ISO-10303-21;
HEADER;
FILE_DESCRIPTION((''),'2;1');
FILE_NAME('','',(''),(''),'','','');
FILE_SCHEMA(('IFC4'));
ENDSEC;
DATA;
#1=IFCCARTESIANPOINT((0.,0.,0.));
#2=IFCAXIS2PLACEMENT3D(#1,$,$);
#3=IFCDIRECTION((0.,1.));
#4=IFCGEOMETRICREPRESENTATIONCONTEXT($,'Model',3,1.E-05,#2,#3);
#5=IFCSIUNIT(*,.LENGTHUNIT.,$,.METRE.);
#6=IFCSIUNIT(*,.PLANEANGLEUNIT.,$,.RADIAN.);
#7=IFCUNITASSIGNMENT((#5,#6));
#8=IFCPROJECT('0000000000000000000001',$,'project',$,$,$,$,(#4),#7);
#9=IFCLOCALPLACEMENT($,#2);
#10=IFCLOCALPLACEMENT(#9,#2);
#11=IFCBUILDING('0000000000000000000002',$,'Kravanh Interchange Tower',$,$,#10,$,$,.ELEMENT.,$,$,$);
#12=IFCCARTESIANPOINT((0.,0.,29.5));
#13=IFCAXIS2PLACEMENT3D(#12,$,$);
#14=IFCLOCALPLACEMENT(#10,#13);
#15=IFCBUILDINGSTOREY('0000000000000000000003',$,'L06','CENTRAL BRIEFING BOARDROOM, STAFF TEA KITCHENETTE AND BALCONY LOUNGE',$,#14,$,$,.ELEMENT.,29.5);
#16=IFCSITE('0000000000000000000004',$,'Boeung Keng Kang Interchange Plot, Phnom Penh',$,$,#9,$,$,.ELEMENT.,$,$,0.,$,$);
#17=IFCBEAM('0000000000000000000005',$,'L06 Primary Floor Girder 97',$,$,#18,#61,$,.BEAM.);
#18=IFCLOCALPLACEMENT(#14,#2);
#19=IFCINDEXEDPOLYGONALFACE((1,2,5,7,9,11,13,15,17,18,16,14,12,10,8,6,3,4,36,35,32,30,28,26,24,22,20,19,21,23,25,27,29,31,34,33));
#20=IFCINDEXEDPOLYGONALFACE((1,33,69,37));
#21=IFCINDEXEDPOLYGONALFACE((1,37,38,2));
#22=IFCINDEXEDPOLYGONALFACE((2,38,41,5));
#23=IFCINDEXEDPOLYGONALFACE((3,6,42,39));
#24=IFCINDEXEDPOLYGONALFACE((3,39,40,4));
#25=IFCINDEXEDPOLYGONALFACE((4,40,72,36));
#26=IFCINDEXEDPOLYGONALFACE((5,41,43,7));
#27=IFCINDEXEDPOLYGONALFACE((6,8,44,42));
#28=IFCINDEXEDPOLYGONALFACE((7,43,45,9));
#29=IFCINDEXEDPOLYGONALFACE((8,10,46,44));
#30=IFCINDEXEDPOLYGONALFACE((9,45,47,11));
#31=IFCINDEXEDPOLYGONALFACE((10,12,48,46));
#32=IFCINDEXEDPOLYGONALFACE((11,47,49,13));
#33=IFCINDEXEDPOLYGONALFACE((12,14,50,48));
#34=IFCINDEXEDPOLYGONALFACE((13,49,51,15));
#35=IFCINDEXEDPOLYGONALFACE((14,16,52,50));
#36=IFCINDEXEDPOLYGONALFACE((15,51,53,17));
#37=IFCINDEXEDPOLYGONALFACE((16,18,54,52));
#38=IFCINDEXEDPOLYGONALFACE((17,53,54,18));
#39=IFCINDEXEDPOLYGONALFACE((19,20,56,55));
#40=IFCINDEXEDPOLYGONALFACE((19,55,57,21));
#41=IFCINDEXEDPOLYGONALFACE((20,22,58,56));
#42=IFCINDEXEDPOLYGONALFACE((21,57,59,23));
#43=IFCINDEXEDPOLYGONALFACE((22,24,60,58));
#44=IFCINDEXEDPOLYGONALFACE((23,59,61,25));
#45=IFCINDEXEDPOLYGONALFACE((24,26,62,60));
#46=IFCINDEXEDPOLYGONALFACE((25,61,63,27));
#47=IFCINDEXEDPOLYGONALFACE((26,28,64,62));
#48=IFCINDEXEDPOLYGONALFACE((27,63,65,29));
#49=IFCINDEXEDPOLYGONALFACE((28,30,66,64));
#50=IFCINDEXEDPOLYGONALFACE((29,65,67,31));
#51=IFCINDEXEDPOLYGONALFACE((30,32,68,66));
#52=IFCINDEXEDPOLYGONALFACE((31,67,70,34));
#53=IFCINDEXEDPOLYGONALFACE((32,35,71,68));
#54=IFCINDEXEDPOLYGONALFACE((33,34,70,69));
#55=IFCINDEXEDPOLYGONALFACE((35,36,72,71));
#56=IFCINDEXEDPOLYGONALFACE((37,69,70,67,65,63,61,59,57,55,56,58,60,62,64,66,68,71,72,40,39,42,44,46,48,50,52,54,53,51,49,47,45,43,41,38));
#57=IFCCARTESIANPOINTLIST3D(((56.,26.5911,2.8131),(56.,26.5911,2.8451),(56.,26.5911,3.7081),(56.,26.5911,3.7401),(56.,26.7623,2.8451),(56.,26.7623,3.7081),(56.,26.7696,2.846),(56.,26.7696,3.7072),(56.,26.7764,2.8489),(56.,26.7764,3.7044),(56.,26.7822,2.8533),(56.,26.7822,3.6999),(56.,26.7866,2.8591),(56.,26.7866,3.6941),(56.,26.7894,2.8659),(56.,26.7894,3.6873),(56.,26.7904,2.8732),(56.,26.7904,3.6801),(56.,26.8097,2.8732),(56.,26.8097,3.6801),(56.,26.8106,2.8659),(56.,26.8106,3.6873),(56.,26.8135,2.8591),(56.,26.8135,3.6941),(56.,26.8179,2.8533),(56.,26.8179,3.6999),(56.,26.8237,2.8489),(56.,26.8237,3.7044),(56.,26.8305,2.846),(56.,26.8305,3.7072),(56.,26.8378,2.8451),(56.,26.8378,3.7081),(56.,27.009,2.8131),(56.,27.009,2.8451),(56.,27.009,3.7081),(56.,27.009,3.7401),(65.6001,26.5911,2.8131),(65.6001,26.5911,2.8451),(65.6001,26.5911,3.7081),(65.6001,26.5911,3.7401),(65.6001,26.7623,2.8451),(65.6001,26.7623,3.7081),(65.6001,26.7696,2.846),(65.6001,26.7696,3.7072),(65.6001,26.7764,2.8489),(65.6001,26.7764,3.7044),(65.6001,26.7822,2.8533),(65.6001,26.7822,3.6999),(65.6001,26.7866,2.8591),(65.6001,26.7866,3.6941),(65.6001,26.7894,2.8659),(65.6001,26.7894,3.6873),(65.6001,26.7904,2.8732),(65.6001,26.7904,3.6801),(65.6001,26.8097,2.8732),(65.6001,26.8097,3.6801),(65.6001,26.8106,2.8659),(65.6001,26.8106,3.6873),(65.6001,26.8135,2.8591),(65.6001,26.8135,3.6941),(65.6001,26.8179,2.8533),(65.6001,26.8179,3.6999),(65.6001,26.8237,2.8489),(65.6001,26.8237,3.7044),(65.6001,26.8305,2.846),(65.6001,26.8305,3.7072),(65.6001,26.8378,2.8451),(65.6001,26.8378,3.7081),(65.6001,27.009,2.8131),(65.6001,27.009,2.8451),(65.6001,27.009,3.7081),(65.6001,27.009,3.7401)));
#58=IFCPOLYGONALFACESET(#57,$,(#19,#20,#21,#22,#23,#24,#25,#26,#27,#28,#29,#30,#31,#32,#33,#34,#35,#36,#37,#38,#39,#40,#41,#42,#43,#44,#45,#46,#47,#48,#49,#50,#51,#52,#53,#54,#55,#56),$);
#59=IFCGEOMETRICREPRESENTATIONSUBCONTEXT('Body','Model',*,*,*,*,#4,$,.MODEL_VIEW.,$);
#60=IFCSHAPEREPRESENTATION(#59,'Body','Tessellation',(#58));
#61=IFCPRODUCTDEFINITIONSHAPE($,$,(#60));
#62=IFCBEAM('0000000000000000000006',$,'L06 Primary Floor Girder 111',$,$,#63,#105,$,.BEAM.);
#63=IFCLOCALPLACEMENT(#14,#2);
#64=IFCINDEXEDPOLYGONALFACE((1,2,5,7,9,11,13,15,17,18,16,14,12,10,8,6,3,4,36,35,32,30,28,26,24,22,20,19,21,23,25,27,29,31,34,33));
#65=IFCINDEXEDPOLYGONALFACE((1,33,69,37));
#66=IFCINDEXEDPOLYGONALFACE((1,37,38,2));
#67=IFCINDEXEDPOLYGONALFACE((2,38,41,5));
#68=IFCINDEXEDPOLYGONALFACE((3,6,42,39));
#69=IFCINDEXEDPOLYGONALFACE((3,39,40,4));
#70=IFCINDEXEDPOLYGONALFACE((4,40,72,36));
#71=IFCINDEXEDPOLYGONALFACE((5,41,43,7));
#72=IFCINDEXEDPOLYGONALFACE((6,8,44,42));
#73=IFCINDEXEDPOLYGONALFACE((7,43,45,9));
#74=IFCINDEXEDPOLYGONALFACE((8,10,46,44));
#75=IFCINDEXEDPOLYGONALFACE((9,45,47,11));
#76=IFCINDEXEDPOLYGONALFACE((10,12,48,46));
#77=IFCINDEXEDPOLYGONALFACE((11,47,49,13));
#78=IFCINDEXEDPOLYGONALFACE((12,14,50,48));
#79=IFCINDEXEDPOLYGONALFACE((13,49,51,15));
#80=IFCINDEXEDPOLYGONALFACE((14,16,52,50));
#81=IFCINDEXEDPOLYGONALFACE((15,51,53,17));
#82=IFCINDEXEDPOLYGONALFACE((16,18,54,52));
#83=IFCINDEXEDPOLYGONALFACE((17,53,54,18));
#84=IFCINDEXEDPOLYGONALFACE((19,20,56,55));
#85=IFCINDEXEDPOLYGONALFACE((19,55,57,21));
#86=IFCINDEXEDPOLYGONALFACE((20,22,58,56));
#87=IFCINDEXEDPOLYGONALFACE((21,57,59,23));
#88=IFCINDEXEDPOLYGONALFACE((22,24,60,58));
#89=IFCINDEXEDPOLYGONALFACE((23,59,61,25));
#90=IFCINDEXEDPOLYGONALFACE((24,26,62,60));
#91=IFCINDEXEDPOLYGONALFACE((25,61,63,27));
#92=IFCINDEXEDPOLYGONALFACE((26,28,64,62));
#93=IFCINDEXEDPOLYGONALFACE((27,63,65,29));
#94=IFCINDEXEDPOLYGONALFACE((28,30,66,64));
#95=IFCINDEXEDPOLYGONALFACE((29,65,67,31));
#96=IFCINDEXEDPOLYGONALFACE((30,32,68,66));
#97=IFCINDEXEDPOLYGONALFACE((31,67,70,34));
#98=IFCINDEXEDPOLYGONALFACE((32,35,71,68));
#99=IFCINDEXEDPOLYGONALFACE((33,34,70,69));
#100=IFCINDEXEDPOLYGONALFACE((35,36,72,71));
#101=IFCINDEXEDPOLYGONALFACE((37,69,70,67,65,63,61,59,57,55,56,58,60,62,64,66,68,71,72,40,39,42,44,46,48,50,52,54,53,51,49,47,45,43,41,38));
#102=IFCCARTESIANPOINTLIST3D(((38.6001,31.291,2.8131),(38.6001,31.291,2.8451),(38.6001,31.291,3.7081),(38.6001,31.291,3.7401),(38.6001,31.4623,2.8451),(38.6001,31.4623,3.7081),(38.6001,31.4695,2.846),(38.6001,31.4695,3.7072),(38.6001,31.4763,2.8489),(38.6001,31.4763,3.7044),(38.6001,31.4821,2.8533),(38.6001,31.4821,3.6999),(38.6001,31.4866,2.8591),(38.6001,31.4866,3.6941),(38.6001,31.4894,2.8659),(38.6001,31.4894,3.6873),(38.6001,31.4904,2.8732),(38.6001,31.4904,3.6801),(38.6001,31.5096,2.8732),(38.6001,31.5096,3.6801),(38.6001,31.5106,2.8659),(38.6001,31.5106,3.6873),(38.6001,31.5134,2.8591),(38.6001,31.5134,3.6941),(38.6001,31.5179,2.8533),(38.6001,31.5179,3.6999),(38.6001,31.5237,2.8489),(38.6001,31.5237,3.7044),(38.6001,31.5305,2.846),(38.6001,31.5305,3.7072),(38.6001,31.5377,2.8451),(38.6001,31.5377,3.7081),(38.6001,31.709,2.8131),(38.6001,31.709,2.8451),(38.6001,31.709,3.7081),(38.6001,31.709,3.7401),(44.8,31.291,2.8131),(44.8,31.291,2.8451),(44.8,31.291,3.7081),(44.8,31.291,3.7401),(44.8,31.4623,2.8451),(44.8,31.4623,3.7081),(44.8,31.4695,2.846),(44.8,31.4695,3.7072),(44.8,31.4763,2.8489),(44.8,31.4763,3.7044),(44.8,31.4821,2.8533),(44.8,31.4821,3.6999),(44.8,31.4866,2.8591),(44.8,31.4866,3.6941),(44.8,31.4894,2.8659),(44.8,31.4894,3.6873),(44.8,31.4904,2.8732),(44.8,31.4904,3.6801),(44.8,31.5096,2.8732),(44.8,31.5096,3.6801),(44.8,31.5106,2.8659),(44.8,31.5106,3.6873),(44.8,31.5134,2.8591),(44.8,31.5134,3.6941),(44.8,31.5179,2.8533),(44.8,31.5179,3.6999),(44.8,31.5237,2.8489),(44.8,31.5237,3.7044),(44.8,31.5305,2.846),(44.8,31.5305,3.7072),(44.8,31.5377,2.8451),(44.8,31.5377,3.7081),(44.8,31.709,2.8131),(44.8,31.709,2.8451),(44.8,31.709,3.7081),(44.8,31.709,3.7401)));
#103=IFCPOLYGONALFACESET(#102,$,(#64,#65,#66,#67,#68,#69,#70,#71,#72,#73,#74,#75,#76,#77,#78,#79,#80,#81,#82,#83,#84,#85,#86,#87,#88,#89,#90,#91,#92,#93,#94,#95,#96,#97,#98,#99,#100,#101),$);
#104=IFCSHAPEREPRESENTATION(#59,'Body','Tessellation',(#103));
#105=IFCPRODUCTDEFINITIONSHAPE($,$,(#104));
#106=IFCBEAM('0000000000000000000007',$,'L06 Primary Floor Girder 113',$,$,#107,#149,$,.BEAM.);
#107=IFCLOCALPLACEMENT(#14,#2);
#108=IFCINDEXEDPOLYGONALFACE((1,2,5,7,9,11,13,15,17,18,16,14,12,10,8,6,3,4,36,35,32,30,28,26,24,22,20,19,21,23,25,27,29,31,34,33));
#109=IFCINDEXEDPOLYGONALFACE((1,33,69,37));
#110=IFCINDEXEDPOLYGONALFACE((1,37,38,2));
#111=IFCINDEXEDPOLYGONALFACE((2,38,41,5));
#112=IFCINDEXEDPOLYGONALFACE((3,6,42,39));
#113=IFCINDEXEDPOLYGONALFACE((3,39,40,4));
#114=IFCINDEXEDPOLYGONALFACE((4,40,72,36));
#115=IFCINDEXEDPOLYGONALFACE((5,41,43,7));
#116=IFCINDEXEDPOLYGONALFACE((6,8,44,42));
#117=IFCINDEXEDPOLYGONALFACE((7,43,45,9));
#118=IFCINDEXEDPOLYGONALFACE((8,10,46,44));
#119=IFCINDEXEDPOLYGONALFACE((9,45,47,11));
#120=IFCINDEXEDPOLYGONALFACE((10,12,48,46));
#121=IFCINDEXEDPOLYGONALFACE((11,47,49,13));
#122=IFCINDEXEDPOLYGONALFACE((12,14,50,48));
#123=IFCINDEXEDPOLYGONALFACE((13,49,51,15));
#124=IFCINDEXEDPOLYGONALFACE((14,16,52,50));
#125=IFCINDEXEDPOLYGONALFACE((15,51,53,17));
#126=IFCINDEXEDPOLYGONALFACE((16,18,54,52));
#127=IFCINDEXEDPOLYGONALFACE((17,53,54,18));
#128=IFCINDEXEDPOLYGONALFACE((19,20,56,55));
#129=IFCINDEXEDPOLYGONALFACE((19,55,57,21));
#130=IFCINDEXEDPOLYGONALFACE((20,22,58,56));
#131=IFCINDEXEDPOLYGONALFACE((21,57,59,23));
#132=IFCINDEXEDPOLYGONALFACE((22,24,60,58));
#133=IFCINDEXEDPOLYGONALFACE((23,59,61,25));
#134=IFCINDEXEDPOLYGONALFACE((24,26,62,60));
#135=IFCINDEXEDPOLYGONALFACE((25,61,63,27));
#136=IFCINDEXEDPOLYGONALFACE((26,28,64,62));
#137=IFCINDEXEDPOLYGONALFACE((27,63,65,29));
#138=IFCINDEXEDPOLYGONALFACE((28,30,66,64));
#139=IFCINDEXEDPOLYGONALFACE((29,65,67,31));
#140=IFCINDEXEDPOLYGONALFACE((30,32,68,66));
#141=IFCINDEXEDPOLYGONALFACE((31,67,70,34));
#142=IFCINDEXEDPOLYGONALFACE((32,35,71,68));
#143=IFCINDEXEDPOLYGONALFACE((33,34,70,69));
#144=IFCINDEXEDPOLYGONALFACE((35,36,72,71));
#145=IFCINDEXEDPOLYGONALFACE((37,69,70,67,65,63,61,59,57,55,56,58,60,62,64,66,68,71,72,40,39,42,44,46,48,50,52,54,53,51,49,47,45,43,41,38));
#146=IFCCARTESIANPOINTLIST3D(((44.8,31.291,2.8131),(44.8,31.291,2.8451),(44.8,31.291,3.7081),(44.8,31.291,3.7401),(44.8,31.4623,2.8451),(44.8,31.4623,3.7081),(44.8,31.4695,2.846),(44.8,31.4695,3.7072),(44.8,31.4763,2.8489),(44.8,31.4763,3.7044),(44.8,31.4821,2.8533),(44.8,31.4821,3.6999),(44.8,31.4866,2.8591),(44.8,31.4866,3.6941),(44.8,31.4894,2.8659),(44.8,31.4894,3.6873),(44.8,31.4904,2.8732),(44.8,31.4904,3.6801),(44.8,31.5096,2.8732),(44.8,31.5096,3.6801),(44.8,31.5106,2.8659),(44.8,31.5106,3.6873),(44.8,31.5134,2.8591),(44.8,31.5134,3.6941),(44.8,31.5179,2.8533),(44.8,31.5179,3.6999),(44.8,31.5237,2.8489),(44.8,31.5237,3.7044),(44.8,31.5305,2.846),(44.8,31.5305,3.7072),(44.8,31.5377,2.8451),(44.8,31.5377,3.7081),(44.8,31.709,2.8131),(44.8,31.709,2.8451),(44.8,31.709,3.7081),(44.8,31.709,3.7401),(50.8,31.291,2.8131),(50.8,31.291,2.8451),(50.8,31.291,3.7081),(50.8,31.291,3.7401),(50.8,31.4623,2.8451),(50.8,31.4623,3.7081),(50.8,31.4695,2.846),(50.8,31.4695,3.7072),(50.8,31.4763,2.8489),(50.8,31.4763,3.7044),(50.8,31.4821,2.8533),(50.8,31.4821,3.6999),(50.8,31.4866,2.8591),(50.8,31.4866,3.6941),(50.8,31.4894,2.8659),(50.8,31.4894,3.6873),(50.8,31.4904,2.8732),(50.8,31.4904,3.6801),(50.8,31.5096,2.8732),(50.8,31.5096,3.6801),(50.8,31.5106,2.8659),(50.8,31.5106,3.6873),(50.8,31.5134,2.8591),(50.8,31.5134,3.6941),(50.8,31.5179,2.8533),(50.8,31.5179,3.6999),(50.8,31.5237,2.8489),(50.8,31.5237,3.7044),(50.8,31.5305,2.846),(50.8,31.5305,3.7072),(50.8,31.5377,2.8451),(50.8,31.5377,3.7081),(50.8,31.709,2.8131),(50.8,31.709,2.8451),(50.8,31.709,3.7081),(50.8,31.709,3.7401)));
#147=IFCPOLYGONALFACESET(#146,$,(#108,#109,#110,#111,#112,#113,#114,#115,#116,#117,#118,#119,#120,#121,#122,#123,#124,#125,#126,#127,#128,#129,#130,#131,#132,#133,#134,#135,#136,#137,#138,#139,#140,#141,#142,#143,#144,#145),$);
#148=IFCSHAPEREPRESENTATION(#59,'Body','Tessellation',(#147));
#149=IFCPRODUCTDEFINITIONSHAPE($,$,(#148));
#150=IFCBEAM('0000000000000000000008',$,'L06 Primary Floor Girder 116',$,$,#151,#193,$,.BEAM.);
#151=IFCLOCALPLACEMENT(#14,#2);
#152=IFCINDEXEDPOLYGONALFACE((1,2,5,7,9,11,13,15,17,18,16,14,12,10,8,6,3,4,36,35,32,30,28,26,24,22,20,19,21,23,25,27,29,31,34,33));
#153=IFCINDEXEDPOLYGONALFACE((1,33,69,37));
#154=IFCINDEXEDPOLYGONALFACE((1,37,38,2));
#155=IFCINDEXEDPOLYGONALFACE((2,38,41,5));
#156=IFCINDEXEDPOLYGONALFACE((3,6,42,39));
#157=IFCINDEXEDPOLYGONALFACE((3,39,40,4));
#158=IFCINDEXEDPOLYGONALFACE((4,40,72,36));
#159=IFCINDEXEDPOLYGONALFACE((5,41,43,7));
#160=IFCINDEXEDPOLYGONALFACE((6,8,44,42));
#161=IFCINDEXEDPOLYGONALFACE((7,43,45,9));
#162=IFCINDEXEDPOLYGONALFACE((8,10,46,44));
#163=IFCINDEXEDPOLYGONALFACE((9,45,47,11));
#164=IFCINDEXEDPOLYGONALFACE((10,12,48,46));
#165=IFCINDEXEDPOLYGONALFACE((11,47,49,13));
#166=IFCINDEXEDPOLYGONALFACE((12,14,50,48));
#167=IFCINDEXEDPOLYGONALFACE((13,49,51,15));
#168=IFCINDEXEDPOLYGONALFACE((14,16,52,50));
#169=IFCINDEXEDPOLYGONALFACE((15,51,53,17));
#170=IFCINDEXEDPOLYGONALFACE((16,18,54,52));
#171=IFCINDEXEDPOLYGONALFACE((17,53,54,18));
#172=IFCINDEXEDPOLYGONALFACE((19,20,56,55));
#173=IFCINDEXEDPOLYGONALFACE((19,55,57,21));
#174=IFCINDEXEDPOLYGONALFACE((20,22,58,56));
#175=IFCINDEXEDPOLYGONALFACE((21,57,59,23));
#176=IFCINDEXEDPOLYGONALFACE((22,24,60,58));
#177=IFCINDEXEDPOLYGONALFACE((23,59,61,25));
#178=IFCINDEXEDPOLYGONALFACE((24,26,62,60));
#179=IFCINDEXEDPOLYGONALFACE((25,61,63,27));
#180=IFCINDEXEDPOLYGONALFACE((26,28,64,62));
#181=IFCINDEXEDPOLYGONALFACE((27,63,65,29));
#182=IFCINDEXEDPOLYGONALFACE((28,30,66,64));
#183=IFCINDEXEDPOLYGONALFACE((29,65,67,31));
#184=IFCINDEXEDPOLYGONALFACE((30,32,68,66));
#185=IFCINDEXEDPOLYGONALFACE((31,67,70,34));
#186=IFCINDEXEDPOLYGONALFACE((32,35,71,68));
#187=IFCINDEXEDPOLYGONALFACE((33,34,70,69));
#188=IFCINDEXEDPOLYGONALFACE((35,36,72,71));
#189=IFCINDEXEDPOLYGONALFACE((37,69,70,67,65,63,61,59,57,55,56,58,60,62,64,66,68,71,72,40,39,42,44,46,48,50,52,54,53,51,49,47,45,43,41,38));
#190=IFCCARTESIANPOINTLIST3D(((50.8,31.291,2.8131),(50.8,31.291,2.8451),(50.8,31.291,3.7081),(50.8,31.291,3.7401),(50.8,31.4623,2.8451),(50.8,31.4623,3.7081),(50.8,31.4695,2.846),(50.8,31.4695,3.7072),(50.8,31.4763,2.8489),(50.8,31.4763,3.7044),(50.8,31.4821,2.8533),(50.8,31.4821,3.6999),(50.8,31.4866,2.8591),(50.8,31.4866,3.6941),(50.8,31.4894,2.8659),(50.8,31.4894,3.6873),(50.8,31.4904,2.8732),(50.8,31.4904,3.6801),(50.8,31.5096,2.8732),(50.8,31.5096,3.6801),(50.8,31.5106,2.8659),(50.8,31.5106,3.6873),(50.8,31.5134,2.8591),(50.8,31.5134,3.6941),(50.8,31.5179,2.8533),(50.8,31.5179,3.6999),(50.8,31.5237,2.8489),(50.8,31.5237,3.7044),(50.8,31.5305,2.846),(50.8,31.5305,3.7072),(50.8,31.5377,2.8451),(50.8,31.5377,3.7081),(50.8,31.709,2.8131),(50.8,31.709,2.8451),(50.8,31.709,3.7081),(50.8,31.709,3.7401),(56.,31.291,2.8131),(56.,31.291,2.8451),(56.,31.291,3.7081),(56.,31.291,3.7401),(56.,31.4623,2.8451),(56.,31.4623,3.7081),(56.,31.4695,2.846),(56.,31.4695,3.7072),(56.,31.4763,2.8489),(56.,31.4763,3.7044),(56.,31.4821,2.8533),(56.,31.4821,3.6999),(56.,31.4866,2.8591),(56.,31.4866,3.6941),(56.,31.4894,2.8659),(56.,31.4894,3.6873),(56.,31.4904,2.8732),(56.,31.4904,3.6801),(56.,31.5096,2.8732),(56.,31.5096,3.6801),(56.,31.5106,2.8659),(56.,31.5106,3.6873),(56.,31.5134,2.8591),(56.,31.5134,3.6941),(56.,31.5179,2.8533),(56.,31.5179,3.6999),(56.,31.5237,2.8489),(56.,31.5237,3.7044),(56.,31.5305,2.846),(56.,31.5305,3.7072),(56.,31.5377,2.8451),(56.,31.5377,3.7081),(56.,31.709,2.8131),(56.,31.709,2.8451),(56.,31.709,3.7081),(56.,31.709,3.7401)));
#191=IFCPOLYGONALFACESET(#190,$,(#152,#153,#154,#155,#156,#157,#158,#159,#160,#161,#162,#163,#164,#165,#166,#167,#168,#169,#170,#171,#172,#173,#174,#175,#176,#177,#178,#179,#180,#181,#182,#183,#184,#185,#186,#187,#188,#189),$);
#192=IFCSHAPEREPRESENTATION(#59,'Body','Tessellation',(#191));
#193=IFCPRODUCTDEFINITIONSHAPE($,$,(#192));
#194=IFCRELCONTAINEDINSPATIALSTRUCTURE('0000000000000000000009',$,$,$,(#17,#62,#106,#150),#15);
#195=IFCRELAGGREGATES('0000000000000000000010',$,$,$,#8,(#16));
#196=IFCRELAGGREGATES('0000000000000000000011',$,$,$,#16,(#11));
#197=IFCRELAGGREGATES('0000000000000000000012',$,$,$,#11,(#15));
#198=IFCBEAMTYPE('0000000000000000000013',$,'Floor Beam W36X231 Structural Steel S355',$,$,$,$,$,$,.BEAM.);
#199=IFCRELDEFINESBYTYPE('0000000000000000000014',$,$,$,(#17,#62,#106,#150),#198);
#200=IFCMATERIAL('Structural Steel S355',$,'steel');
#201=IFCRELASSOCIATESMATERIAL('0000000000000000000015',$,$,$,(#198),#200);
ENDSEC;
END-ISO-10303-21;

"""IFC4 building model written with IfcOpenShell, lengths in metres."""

from ifc_helpers import new_model, si_unit, direction, frame, origin, origin_2d, place, context, subcontext, project, spatial, i_section, extrude, material, material_profile, profile_set, type_object, element, save


model = new_model("IFC4")

# Units and contexts
model_context = context("Model", 3, precision=1e-05, world=origin(), true_north=direction((0.0, 1.0)))
body_context = subcontext(model_context, "Body", "Model", "MODEL_VIEW")
ifc_project = project(units=[si_unit("LENGTHUNIT", "METRE"), si_unit("PLANEANGLEUNIT", "RADIAN")], contexts=[model_context])

# Site, building, storey
site_placement = place(None, origin())
site = spatial("IfcSite", under=ifc_project, at=site_placement, Name="Boeung Keng Kang Interchange Plot, Phnom Penh", CompositionType="ELEMENT", RefElevation=0.0)
building_placement = place(site_placement, origin())
building = spatial("IfcBuilding", under=site, at=building_placement, Name="Kravanh Interchange Tower", CompositionType="ELEMENT")
storey_placement = place(building_placement, frame((0.0, 0.0, 29.5)))
storey = spatial("IfcBuildingStorey", under=building, at=storey_placement, Name="L06", Description="CENTRAL BRIEFING BOARDROOM, STAFF TEA KITCHENETTE AND BALCONY LOUNGE", CompositionType="ELEMENT", Elevation=29.5)

# Beams
ifc_material_1 = material(Name="Structural Steel S355", Category="steel")
ifc_material_profile_1 = material_profile(ifc_material_1, i_section(OverallWidth=0.418, OverallDepth=0.927, WebThickness=0.0193, FlangeThickness=0.032, FilletRadius=0.0281, at=origin_2d()), Name="W36X231")
ifc_profile_set_1 = profile_set([ifc_material_profile_1], Name="Structural Steel S355")
beam_type_1 = type_object("IfcBeamType", Name="Floor Beam W36X231 Structural Steel S355", PredefinedType="BEAM", material=ifc_profile_set_1)
beam_1_placement = place(storey_placement, frame((56.0, 26.8, 3.2766), z_axis=(1.0, 0.0, 0.0), x_axis=(0.0, 1.0, 0.0)))
element("IfcBeam", 1, at=beam_1_placement, inside=storey, type_object=beam_type_1, Name="L06 Primary Floor Girder 97", PredefinedType="BEAM", context=body_context, shape_type="SweptSolid", body=[
    extrude(i_section(OverallWidth=0.418, OverallDepth=0.927, WebThickness=0.0193, FlangeThickness=0.032, FilletRadius=0.0281, at=origin_2d()), origin(), (0.0, 0.0, 1.0), 9.6001),
])
beam_2_placement = place(storey_placement, frame((38.6001, 31.5, 3.2766), z_axis=(1.0, 0.0, 0.0), x_axis=(0.0, 1.0, 0.0)))
element("IfcBeam", 2, at=beam_2_placement, inside=storey, type_object=beam_type_1, Name="L06 Primary Floor Girder 111", PredefinedType="BEAM", context=body_context, shape_type="SweptSolid", body=[
    extrude(i_section(OverallWidth=0.418, OverallDepth=0.927, WebThickness=0.0193, FlangeThickness=0.032, FilletRadius=0.0281, at=origin_2d()), origin(), (0.0, 0.0, 1.0), 6.2),
])
beam_3_placement = place(storey_placement, frame((44.8, 31.5, 3.2766), z_axis=(1.0, 0.0, 0.0), x_axis=(0.0, 1.0, 0.0)))
element("IfcBeam", 3, at=beam_3_placement, inside=storey, type_object=beam_type_1, Name="L06 Primary Floor Girder 113", PredefinedType="BEAM", context=body_context, shape_type="SweptSolid", body=[
    extrude(i_section(OverallWidth=0.418, OverallDepth=0.927, WebThickness=0.0193, FlangeThickness=0.032, FilletRadius=0.0281, at=origin_2d()), origin(), (0.0, 0.0, 1.0), 6.0),
])
beam_4_placement = place(storey_placement, frame((50.8, 31.5, 3.2766), z_axis=(1.0, 0.0, 0.0), x_axis=(0.0, 1.0, 0.0)))
element("IfcBeam", 4, at=beam_4_placement, inside=storey, type_object=beam_type_1, Name="L06 Primary Floor Girder 116", PredefinedType="BEAM", context=body_context, shape_type="SweptSolid", body=[
    extrude(i_section(OverallWidth=0.418, OverallDepth=0.927, WebThickness=0.0193, FlangeThickness=0.032, FilletRadius=0.0281, at=origin_2d()), origin(), (0.0, 0.0, 1.0), 5.2),
])

save(model, "model.ifc")
